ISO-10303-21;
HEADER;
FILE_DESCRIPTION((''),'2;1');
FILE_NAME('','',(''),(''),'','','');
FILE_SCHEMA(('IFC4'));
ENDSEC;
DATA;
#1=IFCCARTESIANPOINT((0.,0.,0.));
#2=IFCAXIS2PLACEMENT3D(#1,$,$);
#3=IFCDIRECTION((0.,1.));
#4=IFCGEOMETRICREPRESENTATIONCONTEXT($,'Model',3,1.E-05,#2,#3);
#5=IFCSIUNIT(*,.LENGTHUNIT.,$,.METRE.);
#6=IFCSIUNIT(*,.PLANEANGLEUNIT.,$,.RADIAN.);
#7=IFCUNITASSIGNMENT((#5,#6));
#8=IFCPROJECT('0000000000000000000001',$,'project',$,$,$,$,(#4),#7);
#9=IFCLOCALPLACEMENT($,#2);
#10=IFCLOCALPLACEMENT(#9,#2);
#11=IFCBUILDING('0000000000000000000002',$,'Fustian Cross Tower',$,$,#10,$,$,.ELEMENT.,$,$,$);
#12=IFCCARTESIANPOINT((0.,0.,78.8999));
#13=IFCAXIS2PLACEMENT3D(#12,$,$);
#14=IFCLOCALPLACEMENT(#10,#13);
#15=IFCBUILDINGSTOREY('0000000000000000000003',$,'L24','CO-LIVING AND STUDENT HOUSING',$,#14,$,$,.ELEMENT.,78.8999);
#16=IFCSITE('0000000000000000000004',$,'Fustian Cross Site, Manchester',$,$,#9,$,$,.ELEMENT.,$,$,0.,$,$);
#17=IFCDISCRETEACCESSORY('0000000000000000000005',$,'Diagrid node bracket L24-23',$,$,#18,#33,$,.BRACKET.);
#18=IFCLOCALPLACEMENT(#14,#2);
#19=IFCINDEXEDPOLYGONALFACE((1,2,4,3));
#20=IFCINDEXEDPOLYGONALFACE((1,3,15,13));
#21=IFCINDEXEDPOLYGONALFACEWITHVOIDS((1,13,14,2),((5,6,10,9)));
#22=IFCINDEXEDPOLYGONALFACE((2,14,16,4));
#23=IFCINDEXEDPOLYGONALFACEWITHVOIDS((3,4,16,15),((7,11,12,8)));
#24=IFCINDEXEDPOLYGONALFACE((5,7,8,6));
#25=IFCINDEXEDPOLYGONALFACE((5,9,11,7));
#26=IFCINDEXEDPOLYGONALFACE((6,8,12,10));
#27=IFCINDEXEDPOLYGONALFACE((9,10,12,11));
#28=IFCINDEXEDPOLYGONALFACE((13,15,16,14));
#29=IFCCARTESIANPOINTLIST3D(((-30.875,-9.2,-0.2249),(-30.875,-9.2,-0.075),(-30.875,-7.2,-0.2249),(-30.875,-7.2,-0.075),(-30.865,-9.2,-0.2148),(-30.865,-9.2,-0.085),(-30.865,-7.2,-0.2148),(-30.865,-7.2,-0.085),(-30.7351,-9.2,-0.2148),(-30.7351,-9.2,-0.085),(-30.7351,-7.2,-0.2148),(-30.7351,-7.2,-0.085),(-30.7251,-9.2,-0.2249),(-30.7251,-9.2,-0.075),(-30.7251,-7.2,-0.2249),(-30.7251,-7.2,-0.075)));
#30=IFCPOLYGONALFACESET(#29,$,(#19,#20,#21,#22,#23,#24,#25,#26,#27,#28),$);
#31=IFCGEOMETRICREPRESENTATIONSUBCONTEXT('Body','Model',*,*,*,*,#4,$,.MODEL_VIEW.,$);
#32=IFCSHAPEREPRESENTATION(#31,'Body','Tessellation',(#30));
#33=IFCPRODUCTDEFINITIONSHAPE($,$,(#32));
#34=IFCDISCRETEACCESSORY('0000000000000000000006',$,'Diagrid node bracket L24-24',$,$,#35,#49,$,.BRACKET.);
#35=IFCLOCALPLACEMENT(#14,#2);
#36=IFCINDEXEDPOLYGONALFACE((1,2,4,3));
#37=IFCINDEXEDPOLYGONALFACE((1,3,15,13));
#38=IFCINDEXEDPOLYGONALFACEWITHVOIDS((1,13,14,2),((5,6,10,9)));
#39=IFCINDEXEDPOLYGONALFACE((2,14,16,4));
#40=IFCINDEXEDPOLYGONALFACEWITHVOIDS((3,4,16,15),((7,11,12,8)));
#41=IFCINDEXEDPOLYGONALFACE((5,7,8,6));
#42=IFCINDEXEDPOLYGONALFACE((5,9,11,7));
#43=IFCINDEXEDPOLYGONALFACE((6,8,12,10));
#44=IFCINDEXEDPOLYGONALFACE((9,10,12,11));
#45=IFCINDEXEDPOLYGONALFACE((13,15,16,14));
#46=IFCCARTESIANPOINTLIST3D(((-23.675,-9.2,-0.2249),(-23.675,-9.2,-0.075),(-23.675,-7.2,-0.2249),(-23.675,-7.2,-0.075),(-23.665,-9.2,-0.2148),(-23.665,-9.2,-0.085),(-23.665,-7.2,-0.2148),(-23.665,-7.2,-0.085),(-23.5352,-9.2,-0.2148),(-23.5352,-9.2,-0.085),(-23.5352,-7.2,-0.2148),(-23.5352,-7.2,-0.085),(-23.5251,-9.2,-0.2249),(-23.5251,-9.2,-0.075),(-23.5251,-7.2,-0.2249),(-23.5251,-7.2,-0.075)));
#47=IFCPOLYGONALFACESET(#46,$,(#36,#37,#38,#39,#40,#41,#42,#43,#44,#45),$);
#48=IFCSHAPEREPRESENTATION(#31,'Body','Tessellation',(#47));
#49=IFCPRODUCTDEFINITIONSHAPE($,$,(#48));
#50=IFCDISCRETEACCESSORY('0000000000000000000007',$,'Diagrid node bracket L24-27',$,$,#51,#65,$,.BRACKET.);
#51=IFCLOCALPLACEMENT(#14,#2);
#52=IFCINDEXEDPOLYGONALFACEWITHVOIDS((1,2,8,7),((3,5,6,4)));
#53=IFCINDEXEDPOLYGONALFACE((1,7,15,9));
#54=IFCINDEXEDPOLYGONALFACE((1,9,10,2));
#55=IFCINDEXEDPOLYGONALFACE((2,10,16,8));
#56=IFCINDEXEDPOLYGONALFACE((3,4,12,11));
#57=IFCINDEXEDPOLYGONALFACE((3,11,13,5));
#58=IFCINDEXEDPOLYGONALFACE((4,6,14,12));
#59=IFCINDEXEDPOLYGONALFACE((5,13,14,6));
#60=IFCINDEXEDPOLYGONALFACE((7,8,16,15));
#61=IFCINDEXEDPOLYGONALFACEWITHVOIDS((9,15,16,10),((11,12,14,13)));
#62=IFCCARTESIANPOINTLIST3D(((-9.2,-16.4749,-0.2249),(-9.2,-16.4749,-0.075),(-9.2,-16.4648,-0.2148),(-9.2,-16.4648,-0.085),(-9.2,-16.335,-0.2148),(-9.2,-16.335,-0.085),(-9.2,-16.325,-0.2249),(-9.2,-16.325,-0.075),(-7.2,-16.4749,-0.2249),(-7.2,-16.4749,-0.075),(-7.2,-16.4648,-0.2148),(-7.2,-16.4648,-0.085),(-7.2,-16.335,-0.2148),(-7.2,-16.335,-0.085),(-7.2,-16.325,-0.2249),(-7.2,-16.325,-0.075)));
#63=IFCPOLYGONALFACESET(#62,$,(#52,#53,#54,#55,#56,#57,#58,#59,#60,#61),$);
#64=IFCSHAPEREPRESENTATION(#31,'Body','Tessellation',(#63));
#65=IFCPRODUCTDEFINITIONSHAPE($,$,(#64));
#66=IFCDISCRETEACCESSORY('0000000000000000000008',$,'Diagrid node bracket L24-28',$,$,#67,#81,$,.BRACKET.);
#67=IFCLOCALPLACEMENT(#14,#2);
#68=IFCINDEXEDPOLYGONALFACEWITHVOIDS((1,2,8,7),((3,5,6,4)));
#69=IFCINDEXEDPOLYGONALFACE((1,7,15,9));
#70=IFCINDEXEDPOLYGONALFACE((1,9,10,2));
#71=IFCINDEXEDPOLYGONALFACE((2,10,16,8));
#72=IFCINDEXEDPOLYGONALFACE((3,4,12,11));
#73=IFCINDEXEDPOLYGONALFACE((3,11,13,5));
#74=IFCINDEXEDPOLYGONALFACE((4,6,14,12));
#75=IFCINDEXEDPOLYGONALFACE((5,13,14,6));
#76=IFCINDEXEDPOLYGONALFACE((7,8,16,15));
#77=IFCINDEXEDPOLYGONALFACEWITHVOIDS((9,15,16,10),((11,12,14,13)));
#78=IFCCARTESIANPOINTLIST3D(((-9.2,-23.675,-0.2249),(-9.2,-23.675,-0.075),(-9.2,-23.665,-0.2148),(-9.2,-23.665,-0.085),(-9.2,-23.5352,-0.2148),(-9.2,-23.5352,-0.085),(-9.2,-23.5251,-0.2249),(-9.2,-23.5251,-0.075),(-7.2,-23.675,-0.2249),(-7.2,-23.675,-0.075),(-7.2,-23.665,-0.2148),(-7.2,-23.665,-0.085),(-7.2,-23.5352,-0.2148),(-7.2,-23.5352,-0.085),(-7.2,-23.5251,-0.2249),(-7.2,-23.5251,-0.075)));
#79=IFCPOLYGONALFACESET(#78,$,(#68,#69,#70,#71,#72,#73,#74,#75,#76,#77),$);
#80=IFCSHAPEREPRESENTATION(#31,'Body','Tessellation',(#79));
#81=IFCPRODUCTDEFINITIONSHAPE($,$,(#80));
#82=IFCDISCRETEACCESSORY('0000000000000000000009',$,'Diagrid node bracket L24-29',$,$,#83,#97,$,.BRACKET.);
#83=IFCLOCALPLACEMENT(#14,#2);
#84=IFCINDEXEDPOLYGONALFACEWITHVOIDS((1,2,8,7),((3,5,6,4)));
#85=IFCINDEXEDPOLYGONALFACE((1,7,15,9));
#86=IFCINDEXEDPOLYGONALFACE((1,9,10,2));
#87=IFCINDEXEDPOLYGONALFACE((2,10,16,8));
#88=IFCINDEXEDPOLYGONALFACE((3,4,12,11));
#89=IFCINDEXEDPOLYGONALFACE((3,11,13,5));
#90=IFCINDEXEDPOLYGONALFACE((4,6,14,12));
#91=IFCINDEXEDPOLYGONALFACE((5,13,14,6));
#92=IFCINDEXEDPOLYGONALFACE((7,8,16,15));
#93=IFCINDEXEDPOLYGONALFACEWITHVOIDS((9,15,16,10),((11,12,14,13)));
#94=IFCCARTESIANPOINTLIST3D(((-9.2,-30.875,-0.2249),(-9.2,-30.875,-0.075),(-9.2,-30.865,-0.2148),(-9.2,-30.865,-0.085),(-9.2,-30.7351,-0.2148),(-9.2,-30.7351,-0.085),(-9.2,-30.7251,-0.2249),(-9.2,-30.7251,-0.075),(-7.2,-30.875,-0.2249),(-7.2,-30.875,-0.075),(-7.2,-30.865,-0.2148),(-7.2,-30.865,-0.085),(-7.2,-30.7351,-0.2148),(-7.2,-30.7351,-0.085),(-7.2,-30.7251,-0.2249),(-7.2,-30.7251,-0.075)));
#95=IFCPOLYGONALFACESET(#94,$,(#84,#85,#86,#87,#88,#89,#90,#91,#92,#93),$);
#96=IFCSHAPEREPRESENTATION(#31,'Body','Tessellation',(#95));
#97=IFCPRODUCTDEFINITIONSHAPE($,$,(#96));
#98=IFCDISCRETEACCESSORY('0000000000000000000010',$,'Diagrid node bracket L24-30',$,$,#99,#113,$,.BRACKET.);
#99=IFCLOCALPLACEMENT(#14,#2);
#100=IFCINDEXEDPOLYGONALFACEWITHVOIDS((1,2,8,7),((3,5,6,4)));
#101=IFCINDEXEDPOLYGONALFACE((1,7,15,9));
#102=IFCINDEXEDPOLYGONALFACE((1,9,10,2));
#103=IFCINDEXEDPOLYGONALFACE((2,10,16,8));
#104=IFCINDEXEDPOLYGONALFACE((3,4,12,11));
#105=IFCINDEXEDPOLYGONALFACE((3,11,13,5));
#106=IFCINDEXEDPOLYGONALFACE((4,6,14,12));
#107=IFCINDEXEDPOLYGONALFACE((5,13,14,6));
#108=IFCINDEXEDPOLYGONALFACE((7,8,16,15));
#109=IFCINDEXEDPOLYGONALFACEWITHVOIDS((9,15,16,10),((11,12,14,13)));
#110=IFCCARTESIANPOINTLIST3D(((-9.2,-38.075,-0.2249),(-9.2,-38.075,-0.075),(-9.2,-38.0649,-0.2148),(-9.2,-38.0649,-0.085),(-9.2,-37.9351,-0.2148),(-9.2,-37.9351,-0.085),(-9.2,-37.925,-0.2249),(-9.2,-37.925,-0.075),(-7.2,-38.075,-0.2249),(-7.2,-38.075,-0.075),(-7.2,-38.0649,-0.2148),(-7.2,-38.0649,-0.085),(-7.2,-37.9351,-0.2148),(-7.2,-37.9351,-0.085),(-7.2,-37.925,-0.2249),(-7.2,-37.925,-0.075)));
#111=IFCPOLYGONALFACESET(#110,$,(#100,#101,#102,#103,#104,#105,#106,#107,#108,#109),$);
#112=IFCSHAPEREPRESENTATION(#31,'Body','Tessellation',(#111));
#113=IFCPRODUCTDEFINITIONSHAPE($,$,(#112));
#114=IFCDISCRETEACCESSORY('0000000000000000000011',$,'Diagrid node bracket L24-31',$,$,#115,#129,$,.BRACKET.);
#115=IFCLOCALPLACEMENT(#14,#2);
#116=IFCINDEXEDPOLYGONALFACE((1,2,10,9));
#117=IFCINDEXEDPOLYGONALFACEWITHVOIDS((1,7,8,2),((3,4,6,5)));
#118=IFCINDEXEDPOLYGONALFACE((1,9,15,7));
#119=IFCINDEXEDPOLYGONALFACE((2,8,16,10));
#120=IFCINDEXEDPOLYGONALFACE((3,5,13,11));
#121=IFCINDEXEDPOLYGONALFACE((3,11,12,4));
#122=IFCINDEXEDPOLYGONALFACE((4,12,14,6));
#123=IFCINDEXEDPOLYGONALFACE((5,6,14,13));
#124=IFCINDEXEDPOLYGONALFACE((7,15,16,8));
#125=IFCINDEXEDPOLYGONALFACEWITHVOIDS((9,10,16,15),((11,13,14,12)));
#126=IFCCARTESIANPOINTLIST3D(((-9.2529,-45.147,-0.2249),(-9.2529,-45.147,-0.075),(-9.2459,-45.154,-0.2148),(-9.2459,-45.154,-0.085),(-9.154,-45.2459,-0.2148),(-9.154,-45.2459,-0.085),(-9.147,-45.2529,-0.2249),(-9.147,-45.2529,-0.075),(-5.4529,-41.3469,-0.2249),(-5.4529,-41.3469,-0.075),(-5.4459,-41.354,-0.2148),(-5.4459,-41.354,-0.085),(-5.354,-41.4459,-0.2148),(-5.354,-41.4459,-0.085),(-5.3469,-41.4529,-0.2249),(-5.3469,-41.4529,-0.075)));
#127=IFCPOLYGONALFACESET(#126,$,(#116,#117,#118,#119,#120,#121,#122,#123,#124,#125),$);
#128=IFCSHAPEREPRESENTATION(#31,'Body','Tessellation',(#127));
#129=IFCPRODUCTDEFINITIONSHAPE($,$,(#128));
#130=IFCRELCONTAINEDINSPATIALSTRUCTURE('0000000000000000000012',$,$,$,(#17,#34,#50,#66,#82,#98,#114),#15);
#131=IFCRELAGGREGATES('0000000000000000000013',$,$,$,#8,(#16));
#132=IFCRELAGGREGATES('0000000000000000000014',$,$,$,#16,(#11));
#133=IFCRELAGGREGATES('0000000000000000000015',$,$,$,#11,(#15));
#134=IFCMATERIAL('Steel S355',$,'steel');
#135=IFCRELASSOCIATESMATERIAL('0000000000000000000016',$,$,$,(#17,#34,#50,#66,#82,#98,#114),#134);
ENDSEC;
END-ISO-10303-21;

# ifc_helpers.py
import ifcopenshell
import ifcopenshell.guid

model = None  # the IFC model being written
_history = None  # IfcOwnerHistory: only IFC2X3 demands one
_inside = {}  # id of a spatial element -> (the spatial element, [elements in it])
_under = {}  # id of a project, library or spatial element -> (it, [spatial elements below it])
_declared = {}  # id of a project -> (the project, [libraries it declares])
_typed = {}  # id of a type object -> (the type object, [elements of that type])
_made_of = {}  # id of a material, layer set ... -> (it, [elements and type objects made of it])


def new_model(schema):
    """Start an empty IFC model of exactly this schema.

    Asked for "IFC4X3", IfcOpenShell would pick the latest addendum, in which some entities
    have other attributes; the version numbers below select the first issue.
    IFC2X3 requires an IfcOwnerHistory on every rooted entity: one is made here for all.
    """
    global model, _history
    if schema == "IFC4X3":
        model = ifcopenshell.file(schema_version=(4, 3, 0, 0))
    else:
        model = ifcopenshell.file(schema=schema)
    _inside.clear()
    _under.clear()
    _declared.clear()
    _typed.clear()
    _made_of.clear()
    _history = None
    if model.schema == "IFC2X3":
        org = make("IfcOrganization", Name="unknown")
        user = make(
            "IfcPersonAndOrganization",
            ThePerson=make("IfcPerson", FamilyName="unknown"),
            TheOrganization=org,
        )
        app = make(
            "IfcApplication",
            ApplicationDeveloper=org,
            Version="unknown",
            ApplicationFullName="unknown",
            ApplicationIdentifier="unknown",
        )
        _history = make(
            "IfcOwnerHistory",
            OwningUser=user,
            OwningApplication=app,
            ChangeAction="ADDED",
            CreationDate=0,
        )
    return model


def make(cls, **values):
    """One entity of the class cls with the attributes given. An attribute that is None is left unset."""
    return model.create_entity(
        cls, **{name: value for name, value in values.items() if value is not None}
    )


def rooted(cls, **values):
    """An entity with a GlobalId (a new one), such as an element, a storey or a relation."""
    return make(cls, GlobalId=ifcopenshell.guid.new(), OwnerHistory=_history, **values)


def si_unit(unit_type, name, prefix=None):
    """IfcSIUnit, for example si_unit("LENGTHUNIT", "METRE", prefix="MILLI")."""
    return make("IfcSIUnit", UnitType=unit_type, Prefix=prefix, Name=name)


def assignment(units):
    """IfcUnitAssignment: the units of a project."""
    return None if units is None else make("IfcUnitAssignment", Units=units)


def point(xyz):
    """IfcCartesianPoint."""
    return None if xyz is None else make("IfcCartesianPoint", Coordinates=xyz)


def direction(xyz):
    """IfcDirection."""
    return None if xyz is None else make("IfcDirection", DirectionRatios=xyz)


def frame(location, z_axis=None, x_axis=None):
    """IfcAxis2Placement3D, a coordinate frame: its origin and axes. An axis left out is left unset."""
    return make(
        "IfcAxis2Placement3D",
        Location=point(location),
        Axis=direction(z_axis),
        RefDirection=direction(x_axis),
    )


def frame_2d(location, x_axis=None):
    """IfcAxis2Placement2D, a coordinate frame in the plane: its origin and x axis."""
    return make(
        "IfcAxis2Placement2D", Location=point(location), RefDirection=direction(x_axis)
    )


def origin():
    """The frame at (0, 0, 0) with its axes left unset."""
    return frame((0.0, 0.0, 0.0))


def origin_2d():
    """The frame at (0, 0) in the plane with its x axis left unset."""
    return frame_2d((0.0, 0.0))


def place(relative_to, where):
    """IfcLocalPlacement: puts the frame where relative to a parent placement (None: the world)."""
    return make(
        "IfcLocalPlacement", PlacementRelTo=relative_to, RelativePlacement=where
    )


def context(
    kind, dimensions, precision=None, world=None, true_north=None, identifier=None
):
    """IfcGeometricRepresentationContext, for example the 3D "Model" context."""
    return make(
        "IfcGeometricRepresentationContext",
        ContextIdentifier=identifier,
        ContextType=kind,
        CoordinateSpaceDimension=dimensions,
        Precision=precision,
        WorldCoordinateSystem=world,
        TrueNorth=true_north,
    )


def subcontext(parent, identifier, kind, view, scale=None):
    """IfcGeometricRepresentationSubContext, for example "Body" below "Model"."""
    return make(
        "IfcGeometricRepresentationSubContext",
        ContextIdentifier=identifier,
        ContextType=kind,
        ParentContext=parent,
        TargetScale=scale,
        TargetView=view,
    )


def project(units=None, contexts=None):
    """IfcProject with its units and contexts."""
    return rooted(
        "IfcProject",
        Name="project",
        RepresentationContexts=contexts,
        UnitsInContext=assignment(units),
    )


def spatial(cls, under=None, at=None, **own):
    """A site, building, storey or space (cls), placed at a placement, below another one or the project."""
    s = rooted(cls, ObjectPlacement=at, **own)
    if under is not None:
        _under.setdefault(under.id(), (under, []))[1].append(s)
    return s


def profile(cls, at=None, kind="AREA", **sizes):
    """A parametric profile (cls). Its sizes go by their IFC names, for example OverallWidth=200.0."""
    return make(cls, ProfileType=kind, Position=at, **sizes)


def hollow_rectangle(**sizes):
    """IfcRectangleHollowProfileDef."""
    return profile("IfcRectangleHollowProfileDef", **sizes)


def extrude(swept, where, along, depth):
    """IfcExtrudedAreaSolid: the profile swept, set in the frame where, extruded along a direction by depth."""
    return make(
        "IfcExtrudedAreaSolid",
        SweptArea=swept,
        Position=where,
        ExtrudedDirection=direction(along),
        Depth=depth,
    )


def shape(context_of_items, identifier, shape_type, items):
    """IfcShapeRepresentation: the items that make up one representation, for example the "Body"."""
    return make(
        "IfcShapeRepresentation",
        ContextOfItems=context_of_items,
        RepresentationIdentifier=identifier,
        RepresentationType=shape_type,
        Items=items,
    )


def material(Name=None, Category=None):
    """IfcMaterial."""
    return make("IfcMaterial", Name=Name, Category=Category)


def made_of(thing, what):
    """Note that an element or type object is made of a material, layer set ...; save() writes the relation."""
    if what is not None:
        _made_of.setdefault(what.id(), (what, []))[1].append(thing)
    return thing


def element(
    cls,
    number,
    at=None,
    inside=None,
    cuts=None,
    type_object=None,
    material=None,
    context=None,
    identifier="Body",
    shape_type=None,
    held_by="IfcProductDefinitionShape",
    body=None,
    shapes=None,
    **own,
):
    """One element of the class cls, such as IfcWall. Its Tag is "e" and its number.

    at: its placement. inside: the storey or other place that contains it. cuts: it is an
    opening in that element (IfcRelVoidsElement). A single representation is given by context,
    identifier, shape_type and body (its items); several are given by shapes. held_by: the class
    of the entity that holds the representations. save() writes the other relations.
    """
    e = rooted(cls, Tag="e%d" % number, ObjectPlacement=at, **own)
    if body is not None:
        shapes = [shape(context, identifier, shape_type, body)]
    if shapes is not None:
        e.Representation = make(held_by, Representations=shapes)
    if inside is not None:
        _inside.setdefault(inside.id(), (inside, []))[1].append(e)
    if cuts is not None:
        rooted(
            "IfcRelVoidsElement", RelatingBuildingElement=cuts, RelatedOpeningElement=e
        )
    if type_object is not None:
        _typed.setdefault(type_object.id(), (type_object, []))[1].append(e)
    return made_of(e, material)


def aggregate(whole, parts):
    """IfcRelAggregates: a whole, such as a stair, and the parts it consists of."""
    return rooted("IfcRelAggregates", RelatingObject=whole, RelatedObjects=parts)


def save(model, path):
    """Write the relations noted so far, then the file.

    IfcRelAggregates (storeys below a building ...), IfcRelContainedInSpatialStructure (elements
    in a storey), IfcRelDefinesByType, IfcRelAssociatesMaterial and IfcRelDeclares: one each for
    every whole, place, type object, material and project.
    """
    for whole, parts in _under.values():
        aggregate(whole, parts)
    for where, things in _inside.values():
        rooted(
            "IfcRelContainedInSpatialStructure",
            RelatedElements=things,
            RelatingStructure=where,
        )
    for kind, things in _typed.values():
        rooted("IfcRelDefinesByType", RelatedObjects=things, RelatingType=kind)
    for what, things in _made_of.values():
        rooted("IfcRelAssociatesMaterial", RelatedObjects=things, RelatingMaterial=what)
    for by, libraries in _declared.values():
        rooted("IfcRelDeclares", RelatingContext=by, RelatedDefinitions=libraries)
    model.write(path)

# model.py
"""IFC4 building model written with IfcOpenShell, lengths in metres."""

from ifc_helpers import new_model, si_unit, direction, frame, origin, origin_2d, place, context, subcontext, project, spatial, hollow_rectangle, extrude, material, element, save


model = new_model("IFC4")

# Units and contexts
model_context = context("Model", 3, precision=1e-05, world=origin(), true_north=direction((0.0, 1.0)))
body_context = subcontext(model_context, "Body", "Model", "MODEL_VIEW")
ifc_project = project(units=[si_unit("LENGTHUNIT", "METRE"), si_unit("PLANEANGLEUNIT", "RADIAN")], contexts=[model_context])

# Site, building, storey
site_placement = place(None, origin())
site = spatial("IfcSite", under=ifc_project, at=site_placement, Name="Fustian Cross Site, Manchester", CompositionType="ELEMENT", RefElevation=0.0)
building_placement = place(site_placement, origin())
building = spatial("IfcBuilding", under=site, at=building_placement, Name="Fustian Cross Tower", CompositionType="ELEMENT")
storey_placement = place(building_placement, frame((0.0, 0.0, 78.8999)))
storey = spatial("IfcBuildingStorey", under=building, at=storey_placement, Name="L24", Description="CO-LIVING AND STUDENT HOUSING", CompositionType="ELEMENT", Elevation=78.8999)

# Discrete accessories
ifc_material_1 = material(Name="Steel S355", Category="steel")
for number, where, z_axis, x_axis, name in (
    (1, (-30.8, -9.2, -0.1499), (0.0, 1.0, 0.0), (-1.0, 0.0, 0.0), "Diagrid node bracket L24-23"),
    (2, (-23.6001, -9.2, -0.1499), (0.0, 1.0, 0.0), (-1.0, 0.0, 0.0), "Diagrid node bracket L24-24"),
    (3, (-9.2, -16.3999, -0.1499), (1.0, 0.0, 0.0), (0.0, 1.0, 0.0), "Diagrid node bracket L24-27"),
    (4, (-9.2, -23.6001, -0.1499), (1.0, 0.0, 0.0), (0.0, 1.0, 0.0), "Diagrid node bracket L24-28"),
    (5, (-9.2, -30.8, -0.1499), (1.0, 0.0, 0.0), (0.0, 1.0, 0.0), "Diagrid node bracket L24-29"),
    (6, (-9.2, -38.0, -0.1499), (1.0, 0.0, 0.0), (0.0, 1.0, 0.0), "Diagrid node bracket L24-30"),
):
    element("IfcDiscreteAccessory", number, at=place(storey_placement, frame(where, z_axis=z_axis, x_axis=x_axis)), inside=storey, material=ifc_material_1, Name=name, PredefinedType="BRACKET", context=body_context, shape_type="SweptSolid", body=[
        extrude(hollow_rectangle(XDim=0.1499, YDim=0.1499, WallThickness=0.01, at=origin_2d()), origin(), (0.0, 0.0, 1.0), 2.0),
    ])
discrete_accessory_1_placement = place(storey_placement, frame((-9.2, -45.2, -0.1499), z_axis=(0.707107, 0.707107, 0.0), x_axis=(-0.707107, 0.707107, 0.0)))
element("IfcDiscreteAccessory", 7, at=discrete_accessory_1_placement, inside=storey, material=ifc_material_1, Name="Diagrid node bracket L24-31", PredefinedType="BRACKET", context=body_context, shape_type="SweptSolid", body=[
    extrude(hollow_rectangle(XDim=0.1499, YDim=0.1499, WallThickness=0.01, at=origin_2d()), origin(), (0.0, 0.0, 1.0), 5.374),
])

save(model, "model.ifc")
